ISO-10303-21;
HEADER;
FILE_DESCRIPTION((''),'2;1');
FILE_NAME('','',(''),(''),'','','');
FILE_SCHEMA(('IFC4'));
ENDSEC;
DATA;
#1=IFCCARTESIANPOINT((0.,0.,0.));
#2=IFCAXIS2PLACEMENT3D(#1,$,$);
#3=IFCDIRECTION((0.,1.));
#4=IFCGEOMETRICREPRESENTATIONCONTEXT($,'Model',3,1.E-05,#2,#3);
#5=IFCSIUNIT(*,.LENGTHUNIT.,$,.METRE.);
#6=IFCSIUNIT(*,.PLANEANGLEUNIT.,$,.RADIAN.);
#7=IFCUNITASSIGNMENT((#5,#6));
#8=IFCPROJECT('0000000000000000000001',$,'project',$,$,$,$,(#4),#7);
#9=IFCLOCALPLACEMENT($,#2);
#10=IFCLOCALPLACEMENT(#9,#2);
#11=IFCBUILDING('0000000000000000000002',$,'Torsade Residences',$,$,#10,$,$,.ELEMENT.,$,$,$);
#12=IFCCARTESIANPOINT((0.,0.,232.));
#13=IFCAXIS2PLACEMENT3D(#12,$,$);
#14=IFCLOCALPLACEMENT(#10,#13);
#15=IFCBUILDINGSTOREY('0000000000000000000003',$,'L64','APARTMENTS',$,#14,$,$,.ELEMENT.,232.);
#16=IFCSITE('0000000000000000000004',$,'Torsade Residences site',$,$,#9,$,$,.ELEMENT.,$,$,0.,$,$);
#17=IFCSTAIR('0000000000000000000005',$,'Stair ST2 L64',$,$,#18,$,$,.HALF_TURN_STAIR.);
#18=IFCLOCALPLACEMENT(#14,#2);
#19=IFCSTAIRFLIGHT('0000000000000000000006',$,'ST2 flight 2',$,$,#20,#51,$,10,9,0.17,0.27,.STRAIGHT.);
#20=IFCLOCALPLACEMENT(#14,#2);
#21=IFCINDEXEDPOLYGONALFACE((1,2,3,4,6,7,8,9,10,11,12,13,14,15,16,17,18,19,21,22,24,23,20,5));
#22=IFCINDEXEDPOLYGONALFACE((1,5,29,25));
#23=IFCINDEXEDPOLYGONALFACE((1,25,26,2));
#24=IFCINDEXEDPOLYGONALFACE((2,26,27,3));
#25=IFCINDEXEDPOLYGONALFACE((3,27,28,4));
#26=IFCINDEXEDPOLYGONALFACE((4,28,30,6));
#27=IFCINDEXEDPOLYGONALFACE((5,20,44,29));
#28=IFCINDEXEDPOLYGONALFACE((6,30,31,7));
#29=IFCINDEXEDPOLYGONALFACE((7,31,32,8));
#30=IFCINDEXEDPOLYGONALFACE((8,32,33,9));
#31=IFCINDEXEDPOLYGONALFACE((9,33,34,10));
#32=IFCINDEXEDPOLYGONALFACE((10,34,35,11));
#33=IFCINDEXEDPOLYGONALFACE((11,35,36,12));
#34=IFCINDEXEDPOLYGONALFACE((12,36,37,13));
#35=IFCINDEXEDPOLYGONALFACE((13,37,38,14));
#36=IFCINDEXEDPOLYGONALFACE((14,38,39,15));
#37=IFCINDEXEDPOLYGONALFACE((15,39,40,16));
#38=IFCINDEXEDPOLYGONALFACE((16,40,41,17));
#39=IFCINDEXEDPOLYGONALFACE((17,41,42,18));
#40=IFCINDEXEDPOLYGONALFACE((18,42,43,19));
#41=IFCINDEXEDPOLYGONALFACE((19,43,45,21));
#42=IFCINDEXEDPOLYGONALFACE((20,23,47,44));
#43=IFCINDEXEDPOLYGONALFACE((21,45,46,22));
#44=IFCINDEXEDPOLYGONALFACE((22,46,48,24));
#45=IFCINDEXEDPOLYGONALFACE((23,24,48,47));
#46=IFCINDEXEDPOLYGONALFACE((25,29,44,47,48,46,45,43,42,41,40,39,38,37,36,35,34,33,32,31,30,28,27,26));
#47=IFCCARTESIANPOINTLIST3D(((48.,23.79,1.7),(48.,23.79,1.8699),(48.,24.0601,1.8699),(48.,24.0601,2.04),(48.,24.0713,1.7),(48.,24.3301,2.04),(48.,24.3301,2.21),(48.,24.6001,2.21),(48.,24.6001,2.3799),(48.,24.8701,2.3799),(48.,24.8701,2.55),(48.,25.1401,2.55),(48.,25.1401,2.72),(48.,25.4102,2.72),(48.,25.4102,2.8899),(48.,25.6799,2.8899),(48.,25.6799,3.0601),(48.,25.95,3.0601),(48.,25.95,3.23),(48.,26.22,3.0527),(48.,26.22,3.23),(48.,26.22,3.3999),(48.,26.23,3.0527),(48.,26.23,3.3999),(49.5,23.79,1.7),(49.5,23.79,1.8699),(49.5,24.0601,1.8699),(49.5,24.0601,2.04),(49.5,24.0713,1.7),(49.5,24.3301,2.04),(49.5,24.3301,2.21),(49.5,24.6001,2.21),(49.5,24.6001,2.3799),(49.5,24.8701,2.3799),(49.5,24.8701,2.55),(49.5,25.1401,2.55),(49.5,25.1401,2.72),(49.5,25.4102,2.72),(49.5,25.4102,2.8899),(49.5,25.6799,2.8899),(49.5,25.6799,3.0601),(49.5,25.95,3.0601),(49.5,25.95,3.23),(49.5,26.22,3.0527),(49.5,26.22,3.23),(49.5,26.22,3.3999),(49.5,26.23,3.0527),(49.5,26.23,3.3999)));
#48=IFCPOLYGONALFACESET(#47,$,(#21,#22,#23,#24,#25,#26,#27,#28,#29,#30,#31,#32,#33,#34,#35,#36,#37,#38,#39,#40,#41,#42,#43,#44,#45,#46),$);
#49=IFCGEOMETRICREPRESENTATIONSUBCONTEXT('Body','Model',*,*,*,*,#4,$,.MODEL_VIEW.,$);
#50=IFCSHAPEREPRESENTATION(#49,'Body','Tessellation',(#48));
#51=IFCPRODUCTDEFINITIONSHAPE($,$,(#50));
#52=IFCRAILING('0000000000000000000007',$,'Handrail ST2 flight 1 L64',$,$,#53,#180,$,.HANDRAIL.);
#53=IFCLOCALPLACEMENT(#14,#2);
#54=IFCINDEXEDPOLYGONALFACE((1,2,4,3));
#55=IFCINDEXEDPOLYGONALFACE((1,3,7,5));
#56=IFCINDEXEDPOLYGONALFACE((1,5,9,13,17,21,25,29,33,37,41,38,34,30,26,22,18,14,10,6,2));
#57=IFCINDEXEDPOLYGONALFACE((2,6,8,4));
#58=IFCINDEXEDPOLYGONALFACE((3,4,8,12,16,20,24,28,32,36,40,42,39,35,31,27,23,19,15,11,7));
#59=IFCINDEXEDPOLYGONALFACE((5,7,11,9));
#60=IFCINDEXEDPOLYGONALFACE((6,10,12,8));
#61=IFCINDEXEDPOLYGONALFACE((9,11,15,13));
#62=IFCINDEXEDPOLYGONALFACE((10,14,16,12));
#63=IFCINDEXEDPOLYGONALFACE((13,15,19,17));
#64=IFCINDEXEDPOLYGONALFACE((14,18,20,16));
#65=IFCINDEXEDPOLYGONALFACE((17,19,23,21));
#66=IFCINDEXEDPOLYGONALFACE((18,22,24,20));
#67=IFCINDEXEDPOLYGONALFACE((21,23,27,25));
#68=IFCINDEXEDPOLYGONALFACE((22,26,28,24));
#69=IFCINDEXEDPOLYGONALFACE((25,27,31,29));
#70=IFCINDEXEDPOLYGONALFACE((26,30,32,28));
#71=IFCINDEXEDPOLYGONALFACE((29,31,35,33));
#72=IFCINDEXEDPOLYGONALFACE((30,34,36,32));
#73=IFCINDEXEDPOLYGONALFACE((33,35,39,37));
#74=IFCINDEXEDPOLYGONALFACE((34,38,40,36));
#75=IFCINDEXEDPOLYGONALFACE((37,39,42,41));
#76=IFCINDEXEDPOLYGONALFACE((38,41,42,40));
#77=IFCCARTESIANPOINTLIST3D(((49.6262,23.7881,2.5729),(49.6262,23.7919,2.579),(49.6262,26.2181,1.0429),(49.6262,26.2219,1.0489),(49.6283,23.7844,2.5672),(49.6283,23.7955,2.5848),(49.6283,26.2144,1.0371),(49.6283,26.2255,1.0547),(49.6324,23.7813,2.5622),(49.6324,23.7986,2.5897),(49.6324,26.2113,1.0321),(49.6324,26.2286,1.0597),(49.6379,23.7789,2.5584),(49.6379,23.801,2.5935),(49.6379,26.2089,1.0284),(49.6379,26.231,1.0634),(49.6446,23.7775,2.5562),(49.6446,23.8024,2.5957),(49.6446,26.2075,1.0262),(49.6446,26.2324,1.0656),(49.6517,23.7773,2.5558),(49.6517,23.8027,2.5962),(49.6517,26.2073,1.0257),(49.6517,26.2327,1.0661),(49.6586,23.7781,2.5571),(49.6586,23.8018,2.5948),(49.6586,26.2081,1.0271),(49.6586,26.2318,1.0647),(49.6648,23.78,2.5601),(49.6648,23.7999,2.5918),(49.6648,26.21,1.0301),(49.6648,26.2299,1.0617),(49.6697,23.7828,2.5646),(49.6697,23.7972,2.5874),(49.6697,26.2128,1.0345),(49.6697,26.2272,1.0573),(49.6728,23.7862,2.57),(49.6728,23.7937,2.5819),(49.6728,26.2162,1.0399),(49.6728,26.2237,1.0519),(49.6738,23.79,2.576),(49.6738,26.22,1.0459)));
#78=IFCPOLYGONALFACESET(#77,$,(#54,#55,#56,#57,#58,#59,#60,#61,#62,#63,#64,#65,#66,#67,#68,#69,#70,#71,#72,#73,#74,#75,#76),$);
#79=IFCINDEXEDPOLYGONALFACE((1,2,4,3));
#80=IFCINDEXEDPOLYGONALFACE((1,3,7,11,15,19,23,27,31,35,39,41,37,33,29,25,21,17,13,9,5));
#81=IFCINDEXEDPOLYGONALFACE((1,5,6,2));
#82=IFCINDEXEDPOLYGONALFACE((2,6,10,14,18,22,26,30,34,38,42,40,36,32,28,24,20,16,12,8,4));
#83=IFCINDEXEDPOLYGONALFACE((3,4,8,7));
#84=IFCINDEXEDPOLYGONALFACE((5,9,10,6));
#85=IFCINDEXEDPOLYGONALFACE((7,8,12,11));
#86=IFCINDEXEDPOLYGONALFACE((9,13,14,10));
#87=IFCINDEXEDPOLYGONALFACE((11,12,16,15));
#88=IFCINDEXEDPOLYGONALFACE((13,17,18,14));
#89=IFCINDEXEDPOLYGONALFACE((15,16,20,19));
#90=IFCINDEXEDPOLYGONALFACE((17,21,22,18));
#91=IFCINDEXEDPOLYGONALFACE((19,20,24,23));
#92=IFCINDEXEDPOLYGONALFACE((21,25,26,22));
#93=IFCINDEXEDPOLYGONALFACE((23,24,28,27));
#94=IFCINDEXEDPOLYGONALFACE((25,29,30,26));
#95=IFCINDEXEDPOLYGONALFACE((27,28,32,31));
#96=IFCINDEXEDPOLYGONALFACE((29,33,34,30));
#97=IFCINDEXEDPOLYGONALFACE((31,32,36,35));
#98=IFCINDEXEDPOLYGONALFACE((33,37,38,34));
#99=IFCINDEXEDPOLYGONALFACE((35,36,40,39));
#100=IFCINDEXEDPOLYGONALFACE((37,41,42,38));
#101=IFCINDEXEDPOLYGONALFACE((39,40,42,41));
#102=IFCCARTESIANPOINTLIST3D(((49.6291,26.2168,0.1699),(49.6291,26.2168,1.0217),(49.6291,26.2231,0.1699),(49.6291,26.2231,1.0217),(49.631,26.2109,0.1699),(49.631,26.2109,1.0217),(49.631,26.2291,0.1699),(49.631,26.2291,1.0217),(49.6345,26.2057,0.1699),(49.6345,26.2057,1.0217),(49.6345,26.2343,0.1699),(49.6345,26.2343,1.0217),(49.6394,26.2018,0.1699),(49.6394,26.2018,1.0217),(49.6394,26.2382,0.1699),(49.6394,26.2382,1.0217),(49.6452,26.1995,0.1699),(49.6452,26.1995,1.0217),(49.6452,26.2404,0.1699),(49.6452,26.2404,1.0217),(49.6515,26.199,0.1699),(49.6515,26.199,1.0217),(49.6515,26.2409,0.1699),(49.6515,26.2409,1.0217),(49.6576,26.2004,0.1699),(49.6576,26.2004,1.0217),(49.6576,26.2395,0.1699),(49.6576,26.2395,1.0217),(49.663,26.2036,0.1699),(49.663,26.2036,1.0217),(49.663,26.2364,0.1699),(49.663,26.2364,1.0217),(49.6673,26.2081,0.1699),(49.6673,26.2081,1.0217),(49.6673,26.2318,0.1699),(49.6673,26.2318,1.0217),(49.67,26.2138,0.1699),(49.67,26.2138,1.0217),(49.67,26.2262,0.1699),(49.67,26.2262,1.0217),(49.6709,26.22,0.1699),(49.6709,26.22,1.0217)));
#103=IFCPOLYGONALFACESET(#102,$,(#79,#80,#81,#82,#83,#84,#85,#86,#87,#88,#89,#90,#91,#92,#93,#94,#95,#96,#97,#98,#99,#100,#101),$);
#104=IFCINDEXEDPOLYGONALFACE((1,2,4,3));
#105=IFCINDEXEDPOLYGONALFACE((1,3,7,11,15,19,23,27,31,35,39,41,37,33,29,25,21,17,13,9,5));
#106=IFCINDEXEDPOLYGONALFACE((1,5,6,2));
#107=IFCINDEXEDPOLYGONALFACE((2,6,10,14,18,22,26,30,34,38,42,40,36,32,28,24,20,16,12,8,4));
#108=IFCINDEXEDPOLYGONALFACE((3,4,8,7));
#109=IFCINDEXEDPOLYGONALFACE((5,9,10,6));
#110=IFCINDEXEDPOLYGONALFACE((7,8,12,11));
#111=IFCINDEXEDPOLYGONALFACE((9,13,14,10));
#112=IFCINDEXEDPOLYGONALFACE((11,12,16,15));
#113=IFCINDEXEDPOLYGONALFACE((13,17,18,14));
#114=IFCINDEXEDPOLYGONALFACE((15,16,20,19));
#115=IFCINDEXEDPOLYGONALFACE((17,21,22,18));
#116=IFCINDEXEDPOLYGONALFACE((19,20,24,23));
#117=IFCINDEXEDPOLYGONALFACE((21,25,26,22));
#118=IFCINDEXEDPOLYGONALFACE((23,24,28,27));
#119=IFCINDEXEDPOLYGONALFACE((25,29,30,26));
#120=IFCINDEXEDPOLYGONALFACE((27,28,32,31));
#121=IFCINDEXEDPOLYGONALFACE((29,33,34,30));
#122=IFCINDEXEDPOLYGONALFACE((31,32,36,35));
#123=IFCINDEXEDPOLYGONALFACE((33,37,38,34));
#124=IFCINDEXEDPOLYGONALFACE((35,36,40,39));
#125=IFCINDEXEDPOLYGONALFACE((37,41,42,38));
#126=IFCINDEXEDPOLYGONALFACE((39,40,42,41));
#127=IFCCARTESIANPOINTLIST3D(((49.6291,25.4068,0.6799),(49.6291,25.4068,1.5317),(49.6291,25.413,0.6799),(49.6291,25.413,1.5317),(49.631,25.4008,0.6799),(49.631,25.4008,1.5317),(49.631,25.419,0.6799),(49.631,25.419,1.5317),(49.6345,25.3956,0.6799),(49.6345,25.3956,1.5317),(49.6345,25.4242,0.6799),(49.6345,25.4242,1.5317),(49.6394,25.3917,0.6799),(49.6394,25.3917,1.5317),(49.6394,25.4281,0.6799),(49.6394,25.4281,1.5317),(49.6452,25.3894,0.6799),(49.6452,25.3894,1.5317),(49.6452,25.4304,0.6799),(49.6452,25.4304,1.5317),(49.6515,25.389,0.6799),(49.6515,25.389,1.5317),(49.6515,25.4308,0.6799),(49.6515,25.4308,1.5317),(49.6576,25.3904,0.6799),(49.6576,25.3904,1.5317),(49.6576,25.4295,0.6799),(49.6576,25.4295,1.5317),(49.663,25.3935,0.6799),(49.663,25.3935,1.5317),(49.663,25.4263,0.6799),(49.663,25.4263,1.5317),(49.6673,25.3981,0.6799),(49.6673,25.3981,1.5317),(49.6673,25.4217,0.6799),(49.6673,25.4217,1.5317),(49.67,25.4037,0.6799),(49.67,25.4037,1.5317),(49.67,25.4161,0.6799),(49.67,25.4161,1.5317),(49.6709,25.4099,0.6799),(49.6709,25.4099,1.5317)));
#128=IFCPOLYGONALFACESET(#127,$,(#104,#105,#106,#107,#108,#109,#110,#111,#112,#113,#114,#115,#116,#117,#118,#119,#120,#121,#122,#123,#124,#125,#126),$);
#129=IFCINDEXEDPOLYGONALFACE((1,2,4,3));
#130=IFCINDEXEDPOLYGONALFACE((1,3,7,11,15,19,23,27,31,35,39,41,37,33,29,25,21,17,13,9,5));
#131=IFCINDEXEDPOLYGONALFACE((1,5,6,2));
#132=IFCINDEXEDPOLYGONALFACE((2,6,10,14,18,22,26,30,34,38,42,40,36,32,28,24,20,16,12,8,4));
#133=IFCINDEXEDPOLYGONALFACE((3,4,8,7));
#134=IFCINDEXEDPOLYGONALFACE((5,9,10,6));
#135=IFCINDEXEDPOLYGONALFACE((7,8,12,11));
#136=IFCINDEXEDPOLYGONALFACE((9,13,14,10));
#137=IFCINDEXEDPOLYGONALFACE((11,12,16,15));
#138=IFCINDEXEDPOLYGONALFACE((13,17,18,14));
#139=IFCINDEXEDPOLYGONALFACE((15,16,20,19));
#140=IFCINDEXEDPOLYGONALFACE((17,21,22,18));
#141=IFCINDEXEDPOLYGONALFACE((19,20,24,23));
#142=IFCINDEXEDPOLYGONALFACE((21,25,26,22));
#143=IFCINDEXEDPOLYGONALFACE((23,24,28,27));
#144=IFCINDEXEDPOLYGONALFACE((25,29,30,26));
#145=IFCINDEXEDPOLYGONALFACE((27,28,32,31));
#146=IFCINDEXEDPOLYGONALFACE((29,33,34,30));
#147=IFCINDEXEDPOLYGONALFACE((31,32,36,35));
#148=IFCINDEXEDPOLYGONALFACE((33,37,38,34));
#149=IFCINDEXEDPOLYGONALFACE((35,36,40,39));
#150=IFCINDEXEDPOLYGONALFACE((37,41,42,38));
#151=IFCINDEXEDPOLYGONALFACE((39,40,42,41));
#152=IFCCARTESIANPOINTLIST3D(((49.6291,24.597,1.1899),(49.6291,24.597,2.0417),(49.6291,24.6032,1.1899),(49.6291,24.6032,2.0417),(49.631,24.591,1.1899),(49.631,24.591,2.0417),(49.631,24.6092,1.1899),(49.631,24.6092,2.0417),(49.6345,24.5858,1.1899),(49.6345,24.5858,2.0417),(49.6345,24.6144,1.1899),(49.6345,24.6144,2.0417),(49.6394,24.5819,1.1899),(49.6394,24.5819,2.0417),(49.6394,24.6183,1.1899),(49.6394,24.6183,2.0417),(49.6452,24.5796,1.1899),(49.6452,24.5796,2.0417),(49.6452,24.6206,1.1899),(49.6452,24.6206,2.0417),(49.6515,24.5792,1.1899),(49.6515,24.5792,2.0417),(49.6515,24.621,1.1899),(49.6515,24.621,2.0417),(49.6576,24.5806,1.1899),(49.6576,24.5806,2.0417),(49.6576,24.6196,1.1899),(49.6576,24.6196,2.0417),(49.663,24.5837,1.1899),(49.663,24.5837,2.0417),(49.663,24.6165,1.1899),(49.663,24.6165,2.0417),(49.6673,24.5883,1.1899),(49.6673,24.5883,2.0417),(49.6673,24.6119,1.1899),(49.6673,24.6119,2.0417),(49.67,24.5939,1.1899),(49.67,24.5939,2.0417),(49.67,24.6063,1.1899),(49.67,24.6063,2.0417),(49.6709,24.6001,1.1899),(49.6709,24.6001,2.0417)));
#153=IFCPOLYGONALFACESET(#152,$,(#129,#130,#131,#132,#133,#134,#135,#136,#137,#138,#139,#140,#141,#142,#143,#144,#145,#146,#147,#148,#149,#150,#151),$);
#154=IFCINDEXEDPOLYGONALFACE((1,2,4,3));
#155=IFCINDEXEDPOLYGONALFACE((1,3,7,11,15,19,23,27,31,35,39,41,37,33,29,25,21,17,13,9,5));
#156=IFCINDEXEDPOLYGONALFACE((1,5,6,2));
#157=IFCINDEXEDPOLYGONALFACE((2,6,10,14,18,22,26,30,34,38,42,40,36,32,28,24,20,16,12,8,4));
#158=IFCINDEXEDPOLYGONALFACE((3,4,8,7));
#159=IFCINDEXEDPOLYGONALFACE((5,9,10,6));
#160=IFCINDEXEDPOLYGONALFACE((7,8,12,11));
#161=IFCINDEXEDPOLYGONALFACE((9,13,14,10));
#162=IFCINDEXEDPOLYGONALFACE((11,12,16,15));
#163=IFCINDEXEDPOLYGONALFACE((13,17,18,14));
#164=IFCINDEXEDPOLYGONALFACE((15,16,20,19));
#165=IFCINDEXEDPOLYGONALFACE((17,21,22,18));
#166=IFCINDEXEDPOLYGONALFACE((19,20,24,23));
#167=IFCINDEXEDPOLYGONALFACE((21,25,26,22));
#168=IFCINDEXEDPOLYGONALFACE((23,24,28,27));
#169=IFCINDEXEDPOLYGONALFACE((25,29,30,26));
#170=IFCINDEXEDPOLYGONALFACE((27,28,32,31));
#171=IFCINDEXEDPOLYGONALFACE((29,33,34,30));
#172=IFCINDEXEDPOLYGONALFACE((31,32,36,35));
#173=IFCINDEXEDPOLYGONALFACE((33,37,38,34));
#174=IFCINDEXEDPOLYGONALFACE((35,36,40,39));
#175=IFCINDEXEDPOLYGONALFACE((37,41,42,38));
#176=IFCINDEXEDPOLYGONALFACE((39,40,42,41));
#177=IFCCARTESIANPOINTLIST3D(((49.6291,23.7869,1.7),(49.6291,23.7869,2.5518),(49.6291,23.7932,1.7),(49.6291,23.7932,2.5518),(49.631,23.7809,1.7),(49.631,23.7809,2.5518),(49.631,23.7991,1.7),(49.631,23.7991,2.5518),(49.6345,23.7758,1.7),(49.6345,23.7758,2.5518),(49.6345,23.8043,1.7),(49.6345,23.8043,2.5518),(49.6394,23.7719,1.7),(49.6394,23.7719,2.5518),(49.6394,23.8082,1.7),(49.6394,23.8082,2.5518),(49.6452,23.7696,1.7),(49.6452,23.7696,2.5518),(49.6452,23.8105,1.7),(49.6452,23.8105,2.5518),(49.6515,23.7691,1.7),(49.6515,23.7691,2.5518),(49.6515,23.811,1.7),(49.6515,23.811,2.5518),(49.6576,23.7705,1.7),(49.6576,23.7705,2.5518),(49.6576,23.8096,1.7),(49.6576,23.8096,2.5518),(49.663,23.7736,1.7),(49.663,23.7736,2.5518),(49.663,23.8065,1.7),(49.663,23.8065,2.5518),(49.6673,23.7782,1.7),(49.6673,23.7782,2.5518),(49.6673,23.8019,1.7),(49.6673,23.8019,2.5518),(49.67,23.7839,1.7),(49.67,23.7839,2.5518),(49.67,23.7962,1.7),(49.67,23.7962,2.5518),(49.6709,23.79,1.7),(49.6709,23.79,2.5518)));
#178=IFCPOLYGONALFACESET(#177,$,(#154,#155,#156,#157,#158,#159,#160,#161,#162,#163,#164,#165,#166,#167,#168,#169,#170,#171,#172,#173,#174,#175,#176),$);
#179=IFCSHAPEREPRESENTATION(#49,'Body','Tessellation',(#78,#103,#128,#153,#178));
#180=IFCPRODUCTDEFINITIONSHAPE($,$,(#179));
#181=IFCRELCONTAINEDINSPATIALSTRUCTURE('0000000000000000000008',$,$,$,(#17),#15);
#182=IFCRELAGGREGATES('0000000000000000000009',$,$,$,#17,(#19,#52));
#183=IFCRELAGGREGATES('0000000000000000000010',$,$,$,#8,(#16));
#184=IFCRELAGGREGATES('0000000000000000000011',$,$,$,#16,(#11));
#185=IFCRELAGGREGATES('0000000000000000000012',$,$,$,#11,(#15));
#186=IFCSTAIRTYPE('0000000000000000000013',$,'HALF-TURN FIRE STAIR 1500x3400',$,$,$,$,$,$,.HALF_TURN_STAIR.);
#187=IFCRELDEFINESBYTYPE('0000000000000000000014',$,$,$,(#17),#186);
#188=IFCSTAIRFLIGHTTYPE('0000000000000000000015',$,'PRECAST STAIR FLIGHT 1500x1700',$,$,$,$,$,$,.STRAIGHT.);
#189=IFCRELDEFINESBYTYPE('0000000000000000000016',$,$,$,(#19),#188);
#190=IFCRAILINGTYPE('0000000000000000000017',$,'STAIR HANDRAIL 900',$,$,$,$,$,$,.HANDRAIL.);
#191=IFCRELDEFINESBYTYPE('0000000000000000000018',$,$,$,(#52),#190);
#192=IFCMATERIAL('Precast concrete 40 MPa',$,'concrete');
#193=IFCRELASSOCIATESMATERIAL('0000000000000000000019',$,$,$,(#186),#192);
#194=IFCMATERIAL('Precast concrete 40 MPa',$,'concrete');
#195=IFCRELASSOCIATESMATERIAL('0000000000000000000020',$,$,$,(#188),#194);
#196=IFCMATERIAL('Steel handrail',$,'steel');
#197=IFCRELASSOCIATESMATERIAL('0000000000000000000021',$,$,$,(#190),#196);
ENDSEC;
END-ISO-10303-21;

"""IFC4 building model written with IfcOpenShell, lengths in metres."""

from ifc_helpers import new_model, si_unit, direction, frame, origin, origin_2d, place, context, subcontext, project, spatial, polyline, circle, outline, extrude, material, type_object, element, aggregate, save


model = new_model("IFC4")

# Units and contexts
model_context = context("Model", 3, precision=1e-05, world=origin(), true_north=direction((0.0, 1.0)))
body_context = subcontext(model_context, "Body", "Model", "MODEL_VIEW")
ifc_project = project(units=[si_unit("LENGTHUNIT", "METRE"), si_unit("PLANEANGLEUNIT", "RADIAN")], contexts=[model_context])

# Site, building, storey
site_placement = place(None, origin())
site = spatial("IfcSite", under=ifc_project, at=site_placement, Name="Torsade Residences site", CompositionType="ELEMENT", RefElevation=0.0)
building_placement = place(site_placement, origin())
building = spatial("IfcBuilding", under=site, at=building_placement, Name="Torsade Residences", CompositionType="ELEMENT")
storey_placement = place(building_placement, frame((0.0, 0.0, 232.0)))
storey = spatial("IfcBuildingStorey", under=building, at=storey_placement, Name="L64", Description="APARTMENTS", CompositionType="ELEMENT", Elevation=232.0)

# Stair, stair flight, railing
ifc_material_1 = material(Name="Precast concrete 40 MPa", Category="concrete")
stair_type = type_object("IfcStairType", Name="HALF-TURN FIRE STAIR 1500x3400", PredefinedType="HALF_TURN_STAIR", material=ifc_material_1)
stair_placement = place(storey_placement, origin())
stair = element("IfcStair", 1, at=stair_placement, inside=storey, type_object=stair_type, Name="Stair ST2 L64", PredefinedType="HALF_TURN_STAIR")
ifc_material_2 = material(Name="Precast concrete 40 MPa", Category="concrete")
stair_flight_type = type_object("IfcStairFlightType", Name="PRECAST STAIR FLIGHT 1500x1700", PredefinedType="STRAIGHT", material=ifc_material_2)
stair_flight_1_placement = place(storey_placement, frame((48.75, 23.79, 1.7), z_axis=(0.0, 0.0, 1.0), x_axis=(0.0, 1.0, 0.0)))
stair_flight_1 = element("IfcStairFlight", 2, at=stair_flight_1_placement, type_object=stair_flight_type, Name="ST2 flight 2", NumberOfRisers=10, NumberOfTreads=9, PredefinedType="STRAIGHT", RiserHeight=0.17, TreadLength=0.27, context=body_context, shape_type="SweptSolid", body=[
    extrude(outline(polyline([(0.0, 0.0), (0.0, 0.1699), (0.27, 0.1699), (0.27, 0.3401), (0.54, 0.3401), (0.54, 0.51), (0.8101, 0.51), (0.8101, 0.6799), (1.0801, 0.6799), (1.0801, 0.8501), (1.3501, 0.8501), (1.3501, 1.02), (1.6201, 1.02), (1.6201, 1.1899), (1.8899, 1.1899), (1.8899, 1.3601), (2.1599, 1.3601), (2.1599, 1.53), (2.4299, 1.53), (2.4299, 1.7), (2.4399, 1.7), (2.4399, 1.3528), (2.4299, 1.3528), (0.2812, 0.0), (0.0, 0.0)])), frame((0.0, 0.75, 0.0), z_axis=(0.0, -1.0, 0.0), x_axis=(1.0, 0.0, 0.0)), (0.0, 0.0, 1.0), 1.5),
])
ifc_material_3 = material(Name="Steel handrail", Category="steel")
railing_type = type_object("IfcRailingType", Name="STAIR HANDRAIL 900", PredefinedType="HANDRAIL", material=ifc_material_3)
railing_1_placement = place(storey_placement, frame((49.6499, 26.22, 0.1699)))
railing_1 = element("IfcRailing", 3, at=railing_1_placement, type_object=railing_type, Name="Handrail ST2 flight 1 L64", PredefinedType="HANDRAIL", context=body_context, shape_type="SweptSolid", body=[
    extrude(circle(Radius=0.0239, at=origin_2d()), frame((0.0, 0.0, 0.876), z_axis=(0.0, -0.846221, 0.532831), x_axis=(1.0, 0.0, 0.0)), (0.0, 0.0, 1.0), 2.8716),
    extrude(circle(Radius=0.021, at=origin_2d()), origin(), (0.0, 0.0, 1.0), 0.8518),
    extrude(circle(Radius=0.021, at=origin_2d()), frame((0.0, -0.8101, 0.51)), (0.0, 0.0, 1.0), 0.8518),
    extrude(circle(Radius=0.021, at=origin_2d()), frame((0.0, -1.6199, 1.02)), (0.0, 0.0, 1.0), 0.8518),
    extrude(circle(Radius=0.021, at=origin_2d()), frame((0.0, -2.4299, 1.53)), (0.0, 0.0, 1.0), 0.8518),
])
aggregate(stair, [stair_flight_1, railing_1])

save(model, "model.ifc")
